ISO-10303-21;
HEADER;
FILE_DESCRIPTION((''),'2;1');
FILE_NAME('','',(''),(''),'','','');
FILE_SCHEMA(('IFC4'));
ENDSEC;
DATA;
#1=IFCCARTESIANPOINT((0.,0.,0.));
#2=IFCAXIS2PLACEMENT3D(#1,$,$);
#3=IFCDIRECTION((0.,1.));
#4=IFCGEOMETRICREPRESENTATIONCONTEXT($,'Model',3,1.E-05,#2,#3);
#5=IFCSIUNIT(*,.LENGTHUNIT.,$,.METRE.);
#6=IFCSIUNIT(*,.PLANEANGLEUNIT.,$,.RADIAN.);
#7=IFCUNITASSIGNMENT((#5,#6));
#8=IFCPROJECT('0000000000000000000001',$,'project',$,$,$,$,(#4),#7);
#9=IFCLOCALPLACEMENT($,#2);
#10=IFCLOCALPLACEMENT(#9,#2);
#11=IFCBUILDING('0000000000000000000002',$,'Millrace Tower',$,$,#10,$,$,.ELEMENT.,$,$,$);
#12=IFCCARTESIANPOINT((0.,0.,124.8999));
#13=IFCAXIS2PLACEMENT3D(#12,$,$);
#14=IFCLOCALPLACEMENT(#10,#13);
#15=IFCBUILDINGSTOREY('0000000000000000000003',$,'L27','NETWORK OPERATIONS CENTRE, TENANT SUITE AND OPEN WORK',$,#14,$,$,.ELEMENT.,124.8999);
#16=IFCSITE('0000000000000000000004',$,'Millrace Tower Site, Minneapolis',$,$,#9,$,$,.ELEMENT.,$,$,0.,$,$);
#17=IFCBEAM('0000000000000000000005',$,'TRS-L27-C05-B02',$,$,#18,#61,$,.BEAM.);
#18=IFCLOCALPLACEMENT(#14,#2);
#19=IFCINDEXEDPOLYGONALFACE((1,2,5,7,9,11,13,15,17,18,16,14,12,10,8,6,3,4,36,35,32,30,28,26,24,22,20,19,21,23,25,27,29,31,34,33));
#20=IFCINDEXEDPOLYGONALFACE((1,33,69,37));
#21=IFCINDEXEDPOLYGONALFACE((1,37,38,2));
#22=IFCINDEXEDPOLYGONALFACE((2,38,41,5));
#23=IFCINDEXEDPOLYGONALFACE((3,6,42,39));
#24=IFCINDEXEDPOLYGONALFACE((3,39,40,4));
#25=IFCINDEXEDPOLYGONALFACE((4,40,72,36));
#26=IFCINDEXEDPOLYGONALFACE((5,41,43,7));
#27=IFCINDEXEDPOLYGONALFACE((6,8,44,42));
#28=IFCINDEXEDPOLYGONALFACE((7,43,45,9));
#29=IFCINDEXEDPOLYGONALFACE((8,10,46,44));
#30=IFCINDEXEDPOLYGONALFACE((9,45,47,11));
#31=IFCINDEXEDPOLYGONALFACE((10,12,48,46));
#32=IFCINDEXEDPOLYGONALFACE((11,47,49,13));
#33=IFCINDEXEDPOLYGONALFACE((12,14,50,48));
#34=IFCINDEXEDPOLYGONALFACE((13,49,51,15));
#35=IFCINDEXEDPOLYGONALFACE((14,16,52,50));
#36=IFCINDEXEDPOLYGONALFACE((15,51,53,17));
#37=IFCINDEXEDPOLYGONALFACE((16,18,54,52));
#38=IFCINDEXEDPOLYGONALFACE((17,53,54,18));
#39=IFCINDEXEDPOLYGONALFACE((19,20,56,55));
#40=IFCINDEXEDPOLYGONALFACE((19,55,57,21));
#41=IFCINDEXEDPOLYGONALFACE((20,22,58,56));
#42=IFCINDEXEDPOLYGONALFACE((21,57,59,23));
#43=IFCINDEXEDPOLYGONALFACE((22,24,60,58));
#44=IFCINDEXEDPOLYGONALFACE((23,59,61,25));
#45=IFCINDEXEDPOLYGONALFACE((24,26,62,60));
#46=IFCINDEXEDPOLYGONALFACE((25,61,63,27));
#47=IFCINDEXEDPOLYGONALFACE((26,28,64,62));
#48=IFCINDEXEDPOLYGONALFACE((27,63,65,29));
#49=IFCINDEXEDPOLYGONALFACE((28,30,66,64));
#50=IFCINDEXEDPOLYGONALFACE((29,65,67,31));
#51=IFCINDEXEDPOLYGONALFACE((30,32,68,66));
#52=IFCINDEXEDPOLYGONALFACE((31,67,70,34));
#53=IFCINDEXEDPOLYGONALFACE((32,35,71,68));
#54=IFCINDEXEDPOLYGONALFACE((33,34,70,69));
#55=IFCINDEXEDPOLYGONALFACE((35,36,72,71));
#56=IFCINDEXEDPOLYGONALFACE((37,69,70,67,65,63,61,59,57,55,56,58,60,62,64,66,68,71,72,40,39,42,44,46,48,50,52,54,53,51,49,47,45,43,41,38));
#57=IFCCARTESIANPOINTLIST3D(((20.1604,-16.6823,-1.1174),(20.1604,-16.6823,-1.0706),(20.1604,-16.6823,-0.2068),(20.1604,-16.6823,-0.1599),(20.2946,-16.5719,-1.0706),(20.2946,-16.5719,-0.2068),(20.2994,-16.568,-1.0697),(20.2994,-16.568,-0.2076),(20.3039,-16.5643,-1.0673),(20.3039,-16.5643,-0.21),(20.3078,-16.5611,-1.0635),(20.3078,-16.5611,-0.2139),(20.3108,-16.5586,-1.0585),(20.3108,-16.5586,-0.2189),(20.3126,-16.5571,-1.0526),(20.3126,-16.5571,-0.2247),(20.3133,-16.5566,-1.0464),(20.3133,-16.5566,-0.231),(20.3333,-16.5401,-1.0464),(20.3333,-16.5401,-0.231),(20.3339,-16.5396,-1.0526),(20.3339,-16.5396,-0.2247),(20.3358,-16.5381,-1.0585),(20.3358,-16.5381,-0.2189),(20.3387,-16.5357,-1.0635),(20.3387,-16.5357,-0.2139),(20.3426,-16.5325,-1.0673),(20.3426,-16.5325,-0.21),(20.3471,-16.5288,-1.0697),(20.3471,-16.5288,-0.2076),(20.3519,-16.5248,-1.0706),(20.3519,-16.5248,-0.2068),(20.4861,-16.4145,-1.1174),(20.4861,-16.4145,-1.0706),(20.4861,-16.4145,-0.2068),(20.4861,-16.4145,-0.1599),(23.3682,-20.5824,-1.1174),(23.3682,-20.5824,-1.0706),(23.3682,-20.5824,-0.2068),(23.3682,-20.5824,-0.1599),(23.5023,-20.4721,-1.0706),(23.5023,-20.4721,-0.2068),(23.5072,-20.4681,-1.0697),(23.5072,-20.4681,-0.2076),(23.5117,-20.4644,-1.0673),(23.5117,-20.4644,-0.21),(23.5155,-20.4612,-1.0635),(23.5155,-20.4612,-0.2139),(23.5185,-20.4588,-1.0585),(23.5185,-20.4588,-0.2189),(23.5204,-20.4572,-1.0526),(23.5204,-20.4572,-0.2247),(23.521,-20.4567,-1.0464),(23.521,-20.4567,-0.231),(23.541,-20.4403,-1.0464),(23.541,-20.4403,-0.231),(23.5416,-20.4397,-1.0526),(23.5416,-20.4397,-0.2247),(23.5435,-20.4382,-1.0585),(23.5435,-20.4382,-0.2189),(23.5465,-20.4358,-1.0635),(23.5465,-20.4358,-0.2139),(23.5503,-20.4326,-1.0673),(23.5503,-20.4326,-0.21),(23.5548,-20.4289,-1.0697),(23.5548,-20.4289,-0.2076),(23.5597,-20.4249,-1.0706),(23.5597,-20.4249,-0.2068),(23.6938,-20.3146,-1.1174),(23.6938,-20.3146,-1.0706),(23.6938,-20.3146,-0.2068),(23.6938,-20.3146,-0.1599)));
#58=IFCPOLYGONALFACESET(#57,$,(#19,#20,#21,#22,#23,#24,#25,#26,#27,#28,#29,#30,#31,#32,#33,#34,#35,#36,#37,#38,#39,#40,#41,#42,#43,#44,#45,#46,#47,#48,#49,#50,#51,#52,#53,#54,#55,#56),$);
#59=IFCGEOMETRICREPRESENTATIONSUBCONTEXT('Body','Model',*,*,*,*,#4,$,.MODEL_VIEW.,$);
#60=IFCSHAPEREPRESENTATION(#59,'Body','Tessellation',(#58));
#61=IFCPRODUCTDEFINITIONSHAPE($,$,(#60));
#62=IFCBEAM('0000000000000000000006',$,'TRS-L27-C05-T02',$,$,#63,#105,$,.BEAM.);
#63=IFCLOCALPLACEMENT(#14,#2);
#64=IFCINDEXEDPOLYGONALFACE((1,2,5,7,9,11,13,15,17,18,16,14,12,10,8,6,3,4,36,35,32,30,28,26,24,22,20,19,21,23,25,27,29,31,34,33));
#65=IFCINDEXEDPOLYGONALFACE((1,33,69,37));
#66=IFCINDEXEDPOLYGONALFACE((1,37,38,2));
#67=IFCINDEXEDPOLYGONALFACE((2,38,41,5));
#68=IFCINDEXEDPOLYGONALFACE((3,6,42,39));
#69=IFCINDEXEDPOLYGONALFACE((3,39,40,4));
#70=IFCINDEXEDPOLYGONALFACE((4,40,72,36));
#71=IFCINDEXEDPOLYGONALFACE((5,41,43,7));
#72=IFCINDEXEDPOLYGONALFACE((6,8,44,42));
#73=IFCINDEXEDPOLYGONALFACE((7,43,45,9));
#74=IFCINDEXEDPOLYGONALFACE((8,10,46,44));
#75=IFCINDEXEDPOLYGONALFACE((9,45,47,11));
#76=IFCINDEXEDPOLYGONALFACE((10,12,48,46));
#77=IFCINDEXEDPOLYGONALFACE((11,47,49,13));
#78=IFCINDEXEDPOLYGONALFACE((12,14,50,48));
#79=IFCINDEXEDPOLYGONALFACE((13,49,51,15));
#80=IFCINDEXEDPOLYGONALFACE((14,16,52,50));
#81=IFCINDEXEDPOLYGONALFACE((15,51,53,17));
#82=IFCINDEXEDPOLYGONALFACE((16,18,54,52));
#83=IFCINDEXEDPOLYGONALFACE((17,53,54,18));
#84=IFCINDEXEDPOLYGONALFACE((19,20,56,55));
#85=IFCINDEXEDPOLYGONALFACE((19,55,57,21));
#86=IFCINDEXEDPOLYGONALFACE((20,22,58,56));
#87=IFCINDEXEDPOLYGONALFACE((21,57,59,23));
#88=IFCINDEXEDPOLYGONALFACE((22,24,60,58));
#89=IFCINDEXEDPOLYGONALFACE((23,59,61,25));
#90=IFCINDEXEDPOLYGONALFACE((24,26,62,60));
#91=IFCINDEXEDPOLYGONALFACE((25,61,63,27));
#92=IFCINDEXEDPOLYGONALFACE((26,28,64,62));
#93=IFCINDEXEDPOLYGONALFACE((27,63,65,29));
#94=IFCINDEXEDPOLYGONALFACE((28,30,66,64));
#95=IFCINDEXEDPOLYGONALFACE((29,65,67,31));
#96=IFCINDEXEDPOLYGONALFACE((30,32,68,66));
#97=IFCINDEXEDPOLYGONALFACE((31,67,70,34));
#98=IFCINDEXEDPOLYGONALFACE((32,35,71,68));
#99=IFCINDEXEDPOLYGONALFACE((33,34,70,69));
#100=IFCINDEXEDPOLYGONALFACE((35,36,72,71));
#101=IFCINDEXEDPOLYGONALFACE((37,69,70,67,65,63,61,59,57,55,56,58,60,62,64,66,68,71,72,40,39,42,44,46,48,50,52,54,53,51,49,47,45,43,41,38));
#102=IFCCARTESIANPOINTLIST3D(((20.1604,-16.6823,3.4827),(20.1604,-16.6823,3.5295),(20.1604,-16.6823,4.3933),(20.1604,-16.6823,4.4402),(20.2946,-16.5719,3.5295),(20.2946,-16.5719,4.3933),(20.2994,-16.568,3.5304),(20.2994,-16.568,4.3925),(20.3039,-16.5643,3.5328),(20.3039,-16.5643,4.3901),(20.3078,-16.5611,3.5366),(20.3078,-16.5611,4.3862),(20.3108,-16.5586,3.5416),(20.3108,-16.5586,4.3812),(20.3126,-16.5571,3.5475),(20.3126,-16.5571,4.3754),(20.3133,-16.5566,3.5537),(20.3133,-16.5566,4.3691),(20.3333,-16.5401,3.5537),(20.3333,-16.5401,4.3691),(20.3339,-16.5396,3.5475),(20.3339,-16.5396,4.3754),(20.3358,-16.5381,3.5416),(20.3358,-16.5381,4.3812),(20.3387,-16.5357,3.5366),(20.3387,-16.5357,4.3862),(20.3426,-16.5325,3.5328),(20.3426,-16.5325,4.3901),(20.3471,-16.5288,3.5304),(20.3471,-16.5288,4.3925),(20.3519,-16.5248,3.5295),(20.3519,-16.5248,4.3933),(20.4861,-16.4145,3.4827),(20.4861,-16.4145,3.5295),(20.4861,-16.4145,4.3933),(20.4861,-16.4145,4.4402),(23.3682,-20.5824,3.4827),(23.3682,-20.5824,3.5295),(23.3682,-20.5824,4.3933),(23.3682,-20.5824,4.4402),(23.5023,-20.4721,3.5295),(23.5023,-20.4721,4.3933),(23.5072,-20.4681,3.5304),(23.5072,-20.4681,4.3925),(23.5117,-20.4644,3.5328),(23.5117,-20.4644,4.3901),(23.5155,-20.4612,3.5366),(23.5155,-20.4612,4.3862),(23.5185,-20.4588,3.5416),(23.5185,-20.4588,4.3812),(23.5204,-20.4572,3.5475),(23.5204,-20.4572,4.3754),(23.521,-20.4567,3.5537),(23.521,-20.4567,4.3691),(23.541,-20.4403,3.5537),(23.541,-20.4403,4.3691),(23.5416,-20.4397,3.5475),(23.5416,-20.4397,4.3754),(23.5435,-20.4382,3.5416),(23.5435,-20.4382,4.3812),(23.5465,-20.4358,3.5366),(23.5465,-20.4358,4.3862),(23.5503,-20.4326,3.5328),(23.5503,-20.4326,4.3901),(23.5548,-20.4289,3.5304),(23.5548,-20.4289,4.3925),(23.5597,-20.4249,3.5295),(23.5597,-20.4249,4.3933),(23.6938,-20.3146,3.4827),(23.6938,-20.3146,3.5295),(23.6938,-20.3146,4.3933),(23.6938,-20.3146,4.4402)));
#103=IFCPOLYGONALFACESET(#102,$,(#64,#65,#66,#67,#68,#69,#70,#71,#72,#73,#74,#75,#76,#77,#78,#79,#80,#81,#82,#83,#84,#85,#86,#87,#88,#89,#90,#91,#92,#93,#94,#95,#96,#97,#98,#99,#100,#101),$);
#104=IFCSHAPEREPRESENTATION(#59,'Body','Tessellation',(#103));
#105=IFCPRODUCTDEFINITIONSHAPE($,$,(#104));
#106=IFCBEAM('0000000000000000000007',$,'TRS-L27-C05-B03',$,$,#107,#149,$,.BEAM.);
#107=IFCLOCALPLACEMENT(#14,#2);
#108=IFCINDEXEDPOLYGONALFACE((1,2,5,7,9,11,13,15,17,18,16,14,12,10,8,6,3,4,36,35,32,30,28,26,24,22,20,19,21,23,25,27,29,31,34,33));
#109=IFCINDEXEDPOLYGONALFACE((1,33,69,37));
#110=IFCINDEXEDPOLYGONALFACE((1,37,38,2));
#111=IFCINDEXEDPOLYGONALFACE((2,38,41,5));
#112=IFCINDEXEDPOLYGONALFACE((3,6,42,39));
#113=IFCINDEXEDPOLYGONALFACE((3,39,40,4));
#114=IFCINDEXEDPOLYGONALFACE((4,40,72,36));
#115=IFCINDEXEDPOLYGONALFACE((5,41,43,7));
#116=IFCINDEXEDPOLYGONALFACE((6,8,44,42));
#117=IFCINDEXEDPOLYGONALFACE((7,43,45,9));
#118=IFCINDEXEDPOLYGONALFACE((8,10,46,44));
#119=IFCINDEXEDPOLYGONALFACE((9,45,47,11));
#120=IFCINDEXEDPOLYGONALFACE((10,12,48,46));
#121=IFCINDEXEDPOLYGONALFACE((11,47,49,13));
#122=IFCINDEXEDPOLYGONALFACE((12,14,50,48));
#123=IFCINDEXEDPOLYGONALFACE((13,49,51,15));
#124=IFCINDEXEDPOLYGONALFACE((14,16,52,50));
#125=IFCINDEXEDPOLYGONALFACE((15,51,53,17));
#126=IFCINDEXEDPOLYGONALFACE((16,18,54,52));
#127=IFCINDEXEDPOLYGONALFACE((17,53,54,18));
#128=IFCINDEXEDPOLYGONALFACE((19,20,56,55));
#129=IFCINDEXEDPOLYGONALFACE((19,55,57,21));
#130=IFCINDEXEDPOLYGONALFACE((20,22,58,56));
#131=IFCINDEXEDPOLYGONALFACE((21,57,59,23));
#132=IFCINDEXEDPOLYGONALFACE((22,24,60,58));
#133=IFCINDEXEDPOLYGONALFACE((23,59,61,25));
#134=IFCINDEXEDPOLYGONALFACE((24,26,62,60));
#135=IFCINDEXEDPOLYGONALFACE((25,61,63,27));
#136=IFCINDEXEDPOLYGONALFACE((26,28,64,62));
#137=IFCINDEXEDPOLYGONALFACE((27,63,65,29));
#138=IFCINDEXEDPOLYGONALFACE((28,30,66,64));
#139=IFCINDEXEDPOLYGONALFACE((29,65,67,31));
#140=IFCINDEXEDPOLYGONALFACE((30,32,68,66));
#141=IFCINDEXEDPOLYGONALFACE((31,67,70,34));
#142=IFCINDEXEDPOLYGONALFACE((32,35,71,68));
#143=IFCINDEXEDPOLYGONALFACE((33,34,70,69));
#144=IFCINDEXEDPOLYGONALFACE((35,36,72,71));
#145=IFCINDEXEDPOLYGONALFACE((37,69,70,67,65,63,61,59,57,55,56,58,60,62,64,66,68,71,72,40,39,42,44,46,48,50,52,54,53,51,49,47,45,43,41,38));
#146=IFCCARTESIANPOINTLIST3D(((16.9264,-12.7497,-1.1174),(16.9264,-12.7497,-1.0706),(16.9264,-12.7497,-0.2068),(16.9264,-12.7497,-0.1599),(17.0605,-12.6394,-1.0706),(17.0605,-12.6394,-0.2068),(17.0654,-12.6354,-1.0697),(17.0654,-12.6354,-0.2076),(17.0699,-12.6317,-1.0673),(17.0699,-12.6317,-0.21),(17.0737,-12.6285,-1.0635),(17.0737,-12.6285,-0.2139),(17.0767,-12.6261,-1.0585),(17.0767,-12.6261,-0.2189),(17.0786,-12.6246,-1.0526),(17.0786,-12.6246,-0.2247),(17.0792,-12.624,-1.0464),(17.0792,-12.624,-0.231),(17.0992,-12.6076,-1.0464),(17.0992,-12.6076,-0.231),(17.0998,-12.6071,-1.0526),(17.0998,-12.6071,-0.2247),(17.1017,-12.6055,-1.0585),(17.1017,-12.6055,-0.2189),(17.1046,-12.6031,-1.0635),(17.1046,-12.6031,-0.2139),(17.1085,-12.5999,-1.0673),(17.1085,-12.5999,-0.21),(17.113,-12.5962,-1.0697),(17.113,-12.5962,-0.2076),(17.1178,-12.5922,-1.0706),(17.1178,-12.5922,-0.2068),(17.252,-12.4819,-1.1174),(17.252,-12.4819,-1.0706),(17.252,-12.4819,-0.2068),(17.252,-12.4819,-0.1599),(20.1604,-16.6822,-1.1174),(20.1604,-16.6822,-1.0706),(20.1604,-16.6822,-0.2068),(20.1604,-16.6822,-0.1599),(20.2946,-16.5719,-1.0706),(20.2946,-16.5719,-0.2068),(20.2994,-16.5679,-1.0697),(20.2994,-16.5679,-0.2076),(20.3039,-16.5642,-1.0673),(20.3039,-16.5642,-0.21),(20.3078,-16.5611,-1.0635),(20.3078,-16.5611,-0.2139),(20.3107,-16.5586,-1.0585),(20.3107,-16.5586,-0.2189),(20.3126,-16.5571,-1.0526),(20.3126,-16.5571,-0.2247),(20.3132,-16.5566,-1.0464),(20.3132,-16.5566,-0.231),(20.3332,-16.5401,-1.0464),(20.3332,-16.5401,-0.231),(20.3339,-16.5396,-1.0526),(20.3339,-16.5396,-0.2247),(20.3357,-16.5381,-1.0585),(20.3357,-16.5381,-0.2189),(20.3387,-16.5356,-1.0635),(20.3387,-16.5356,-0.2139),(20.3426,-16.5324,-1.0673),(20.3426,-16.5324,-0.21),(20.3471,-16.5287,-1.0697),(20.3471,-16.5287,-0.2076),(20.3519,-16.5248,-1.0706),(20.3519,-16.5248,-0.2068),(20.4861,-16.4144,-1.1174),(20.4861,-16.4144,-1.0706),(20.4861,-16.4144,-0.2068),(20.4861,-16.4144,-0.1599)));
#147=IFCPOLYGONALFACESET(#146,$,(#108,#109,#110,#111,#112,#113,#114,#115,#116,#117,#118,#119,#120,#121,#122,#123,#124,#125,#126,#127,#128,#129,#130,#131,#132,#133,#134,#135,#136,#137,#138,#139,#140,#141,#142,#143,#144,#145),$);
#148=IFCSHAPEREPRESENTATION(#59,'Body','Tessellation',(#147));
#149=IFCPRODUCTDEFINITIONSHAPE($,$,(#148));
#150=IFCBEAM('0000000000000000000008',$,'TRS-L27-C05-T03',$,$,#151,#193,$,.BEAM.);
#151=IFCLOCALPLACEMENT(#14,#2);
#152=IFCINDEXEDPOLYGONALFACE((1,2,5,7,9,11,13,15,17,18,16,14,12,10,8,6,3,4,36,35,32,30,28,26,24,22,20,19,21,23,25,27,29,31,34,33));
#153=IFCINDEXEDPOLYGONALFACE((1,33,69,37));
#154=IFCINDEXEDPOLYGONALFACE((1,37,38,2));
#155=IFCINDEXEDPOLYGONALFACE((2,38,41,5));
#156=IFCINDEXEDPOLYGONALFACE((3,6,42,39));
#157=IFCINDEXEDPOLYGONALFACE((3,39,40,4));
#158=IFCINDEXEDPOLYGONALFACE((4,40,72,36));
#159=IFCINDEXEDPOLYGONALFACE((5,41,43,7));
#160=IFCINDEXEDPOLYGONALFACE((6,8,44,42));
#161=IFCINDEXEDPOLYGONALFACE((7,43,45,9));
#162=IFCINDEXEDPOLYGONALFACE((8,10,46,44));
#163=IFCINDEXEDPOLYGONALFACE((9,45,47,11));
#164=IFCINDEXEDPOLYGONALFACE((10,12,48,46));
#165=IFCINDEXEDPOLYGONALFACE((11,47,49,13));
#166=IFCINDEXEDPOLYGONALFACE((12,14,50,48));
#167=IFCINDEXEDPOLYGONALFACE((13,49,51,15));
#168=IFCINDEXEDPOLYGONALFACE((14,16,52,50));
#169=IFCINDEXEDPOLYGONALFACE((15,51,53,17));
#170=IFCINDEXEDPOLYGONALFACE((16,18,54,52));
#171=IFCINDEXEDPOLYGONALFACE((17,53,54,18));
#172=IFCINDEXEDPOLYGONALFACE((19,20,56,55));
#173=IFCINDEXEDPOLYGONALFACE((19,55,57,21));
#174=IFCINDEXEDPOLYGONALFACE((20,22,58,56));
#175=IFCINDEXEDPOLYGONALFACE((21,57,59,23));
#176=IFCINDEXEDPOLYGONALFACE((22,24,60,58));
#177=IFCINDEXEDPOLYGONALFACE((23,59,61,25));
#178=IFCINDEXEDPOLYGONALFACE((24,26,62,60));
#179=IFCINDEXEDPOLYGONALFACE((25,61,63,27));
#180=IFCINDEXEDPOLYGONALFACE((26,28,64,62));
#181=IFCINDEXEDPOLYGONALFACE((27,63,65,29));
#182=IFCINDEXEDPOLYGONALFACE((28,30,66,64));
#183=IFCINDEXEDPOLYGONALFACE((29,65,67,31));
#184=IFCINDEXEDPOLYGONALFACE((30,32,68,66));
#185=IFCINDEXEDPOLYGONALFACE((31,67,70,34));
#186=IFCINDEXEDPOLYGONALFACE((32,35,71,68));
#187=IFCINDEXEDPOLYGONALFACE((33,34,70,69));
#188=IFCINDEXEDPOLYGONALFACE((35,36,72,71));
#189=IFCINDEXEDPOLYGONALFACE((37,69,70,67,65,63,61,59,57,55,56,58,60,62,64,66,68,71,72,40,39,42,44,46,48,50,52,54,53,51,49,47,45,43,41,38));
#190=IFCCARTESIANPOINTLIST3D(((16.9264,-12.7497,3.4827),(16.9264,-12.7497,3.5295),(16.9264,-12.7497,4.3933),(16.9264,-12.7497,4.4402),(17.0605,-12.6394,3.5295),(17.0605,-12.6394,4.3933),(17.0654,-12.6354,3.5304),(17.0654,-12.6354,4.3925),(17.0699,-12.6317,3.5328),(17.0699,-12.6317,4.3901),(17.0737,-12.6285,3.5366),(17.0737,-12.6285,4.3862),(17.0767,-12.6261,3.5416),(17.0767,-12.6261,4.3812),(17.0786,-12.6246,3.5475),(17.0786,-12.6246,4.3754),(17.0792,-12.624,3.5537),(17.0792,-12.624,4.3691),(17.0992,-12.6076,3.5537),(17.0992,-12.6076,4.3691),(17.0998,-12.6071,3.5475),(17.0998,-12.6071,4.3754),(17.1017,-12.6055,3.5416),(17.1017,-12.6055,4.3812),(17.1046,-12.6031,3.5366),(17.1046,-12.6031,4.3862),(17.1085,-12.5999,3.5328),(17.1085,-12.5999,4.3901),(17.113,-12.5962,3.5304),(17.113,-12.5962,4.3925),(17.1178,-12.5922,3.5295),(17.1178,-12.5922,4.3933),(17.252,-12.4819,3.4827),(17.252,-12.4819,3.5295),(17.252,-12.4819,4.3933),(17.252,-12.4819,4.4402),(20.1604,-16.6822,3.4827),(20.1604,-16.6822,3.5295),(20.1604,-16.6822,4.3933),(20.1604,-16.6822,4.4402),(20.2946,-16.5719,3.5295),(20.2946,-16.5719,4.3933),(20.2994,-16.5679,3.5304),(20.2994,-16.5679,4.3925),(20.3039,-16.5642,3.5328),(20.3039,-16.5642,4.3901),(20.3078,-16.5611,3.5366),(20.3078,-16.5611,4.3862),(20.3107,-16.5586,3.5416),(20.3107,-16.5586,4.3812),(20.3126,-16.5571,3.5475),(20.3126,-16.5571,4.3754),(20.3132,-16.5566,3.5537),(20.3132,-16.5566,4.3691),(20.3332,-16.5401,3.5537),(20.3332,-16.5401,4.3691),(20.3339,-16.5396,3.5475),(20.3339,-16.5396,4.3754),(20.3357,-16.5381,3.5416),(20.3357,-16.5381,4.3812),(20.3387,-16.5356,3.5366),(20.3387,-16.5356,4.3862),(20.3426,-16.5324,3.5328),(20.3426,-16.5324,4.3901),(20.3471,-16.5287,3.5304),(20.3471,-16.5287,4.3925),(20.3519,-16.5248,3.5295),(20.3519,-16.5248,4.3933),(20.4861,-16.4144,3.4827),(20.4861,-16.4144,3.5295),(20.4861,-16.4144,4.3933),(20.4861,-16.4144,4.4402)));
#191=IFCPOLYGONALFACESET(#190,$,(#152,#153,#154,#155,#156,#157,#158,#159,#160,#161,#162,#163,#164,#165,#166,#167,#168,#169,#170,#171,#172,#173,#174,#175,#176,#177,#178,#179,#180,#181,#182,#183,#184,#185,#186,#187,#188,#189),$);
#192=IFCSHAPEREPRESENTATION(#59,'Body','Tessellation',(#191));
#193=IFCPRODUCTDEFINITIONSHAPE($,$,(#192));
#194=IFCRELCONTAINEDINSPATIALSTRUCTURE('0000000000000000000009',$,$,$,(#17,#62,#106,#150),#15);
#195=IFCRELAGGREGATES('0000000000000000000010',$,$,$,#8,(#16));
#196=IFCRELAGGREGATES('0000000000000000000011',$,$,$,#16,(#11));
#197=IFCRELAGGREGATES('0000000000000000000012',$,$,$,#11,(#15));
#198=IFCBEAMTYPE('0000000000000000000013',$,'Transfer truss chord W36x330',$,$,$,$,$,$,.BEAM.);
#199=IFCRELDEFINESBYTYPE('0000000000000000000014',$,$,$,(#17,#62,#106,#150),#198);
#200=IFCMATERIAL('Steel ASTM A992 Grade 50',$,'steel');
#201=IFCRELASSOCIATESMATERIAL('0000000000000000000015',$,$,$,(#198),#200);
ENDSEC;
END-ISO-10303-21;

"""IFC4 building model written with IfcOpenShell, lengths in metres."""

from ifc_helpers import new_model, si_unit, direction, frame, origin, origin_2d, place, context, subcontext, project, spatial, i_section, extrude, material, material_profile, profile_set, type_object, element, save


model = new_model("IFC4")

# Units and contexts
model_context = context("Model", 3, precision=1e-05, world=origin(), true_north=direction((0.0, 1.0)))
body_context = subcontext(model_context, "Body", "Model", "MODEL_VIEW")
ifc_project = project(units=[si_unit("LENGTHUNIT", "METRE"), si_unit("PLANEANGLEUNIT", "RADIAN")], contexts=[model_context])

# Site, building, storey
site_placement = place(None, origin())
site = spatial("IfcSite", under=ifc_project, at=site_placement, Name="Millrace Tower Site, Minneapolis", CompositionType="ELEMENT", RefElevation=0.0)
building_placement = place(site_placement, origin())
building = spatial("IfcBuilding", under=site, at=building_placement, Name="Millrace Tower", CompositionType="ELEMENT")
storey_placement = place(building_placement, frame((0.0, 0.0, 124.8999)))
storey = spatial("IfcBuildingStorey", under=building, at=storey_placement, Name="L27", Description="NETWORK OPERATIONS CENTRE, TENANT SUITE AND OPEN WORK", CompositionType="ELEMENT", Elevation=124.8999)

# Beams
ifc_material_1 = material(Name="Steel ASTM A992 Grade 50", Category="steel")
ifc_material_profile_1 = material_profile(ifc_material_1, i_section(OverallWidth=0.4216, OverallDepth=0.9575, WebThickness=0.0259, FlangeThickness=0.0469, FilletRadius=0.0242, at=origin_2d()))
ifc_profile_set_1 = profile_set([ifc_material_profile_1], Name="Steel ASTM A992 Grade 50")
beam_type_1 = type_object("IfcBeamType", Name="Transfer truss chord W36x330", PredefinedType="BEAM", material=ifc_profile_set_1)
for number, where, z_axis, x_axis, name in (
    (1, (23.531, -20.4485, -0.6387), (-0.635221, 0.772331, 0.0), (-0.772331, -0.635221, 0.0), "TRS-L27-C05-B02"),
    (2, (23.531, -20.4485, 3.9614), (-0.635221, 0.772331, 0.0), (-0.772331, -0.635221, 0.0), "TRS-L27-C05-T02"),
):
    element("IfcBeam", number, at=place(storey_placement, frame(where, z_axis=z_axis, x_axis=x_axis)), inside=storey, type_object=beam_type_1, Name=name, PredefinedType="BEAM", context=body_context, shape_type="SweptSolid", body=[
        extrude(i_section(OverallWidth=0.4216, OverallDepth=0.9575, WebThickness=0.0259, FlangeThickness=0.0469, FilletRadius=0.0242, at=origin_2d()), origin(), (0.0, 0.0, 1.0), 5.0498),
    ])
for number, where, z_axis, x_axis, name in (
    (3, (20.3232, -16.5483, -0.6387), (-0.635181, 0.772363, 0.0), (-0.772363, -0.635181, 0.0), "TRS-L27-C05-B03"),
    (4, (20.3232, -16.5483, 3.9614), (-0.635181, 0.772363, 0.0), (-0.772363, -0.635181, 0.0), "TRS-L27-C05-T03"),
):
    element("IfcBeam", number, at=place(storey_placement, frame(where, z_axis=z_axis, x_axis=x_axis)), inside=storey, type_object=beam_type_1, Name=name, PredefinedType="BEAM", context=body_context, shape_type="SweptSolid", body=[
        extrude(i_section(OverallWidth=0.4216, OverallDepth=0.9575, WebThickness=0.0259, FlangeThickness=0.0469, FilletRadius=0.0242, at=origin_2d()), origin(), (0.0, 0.0, 1.0), 5.0916),
    ])

save(model, "model.ifc")
